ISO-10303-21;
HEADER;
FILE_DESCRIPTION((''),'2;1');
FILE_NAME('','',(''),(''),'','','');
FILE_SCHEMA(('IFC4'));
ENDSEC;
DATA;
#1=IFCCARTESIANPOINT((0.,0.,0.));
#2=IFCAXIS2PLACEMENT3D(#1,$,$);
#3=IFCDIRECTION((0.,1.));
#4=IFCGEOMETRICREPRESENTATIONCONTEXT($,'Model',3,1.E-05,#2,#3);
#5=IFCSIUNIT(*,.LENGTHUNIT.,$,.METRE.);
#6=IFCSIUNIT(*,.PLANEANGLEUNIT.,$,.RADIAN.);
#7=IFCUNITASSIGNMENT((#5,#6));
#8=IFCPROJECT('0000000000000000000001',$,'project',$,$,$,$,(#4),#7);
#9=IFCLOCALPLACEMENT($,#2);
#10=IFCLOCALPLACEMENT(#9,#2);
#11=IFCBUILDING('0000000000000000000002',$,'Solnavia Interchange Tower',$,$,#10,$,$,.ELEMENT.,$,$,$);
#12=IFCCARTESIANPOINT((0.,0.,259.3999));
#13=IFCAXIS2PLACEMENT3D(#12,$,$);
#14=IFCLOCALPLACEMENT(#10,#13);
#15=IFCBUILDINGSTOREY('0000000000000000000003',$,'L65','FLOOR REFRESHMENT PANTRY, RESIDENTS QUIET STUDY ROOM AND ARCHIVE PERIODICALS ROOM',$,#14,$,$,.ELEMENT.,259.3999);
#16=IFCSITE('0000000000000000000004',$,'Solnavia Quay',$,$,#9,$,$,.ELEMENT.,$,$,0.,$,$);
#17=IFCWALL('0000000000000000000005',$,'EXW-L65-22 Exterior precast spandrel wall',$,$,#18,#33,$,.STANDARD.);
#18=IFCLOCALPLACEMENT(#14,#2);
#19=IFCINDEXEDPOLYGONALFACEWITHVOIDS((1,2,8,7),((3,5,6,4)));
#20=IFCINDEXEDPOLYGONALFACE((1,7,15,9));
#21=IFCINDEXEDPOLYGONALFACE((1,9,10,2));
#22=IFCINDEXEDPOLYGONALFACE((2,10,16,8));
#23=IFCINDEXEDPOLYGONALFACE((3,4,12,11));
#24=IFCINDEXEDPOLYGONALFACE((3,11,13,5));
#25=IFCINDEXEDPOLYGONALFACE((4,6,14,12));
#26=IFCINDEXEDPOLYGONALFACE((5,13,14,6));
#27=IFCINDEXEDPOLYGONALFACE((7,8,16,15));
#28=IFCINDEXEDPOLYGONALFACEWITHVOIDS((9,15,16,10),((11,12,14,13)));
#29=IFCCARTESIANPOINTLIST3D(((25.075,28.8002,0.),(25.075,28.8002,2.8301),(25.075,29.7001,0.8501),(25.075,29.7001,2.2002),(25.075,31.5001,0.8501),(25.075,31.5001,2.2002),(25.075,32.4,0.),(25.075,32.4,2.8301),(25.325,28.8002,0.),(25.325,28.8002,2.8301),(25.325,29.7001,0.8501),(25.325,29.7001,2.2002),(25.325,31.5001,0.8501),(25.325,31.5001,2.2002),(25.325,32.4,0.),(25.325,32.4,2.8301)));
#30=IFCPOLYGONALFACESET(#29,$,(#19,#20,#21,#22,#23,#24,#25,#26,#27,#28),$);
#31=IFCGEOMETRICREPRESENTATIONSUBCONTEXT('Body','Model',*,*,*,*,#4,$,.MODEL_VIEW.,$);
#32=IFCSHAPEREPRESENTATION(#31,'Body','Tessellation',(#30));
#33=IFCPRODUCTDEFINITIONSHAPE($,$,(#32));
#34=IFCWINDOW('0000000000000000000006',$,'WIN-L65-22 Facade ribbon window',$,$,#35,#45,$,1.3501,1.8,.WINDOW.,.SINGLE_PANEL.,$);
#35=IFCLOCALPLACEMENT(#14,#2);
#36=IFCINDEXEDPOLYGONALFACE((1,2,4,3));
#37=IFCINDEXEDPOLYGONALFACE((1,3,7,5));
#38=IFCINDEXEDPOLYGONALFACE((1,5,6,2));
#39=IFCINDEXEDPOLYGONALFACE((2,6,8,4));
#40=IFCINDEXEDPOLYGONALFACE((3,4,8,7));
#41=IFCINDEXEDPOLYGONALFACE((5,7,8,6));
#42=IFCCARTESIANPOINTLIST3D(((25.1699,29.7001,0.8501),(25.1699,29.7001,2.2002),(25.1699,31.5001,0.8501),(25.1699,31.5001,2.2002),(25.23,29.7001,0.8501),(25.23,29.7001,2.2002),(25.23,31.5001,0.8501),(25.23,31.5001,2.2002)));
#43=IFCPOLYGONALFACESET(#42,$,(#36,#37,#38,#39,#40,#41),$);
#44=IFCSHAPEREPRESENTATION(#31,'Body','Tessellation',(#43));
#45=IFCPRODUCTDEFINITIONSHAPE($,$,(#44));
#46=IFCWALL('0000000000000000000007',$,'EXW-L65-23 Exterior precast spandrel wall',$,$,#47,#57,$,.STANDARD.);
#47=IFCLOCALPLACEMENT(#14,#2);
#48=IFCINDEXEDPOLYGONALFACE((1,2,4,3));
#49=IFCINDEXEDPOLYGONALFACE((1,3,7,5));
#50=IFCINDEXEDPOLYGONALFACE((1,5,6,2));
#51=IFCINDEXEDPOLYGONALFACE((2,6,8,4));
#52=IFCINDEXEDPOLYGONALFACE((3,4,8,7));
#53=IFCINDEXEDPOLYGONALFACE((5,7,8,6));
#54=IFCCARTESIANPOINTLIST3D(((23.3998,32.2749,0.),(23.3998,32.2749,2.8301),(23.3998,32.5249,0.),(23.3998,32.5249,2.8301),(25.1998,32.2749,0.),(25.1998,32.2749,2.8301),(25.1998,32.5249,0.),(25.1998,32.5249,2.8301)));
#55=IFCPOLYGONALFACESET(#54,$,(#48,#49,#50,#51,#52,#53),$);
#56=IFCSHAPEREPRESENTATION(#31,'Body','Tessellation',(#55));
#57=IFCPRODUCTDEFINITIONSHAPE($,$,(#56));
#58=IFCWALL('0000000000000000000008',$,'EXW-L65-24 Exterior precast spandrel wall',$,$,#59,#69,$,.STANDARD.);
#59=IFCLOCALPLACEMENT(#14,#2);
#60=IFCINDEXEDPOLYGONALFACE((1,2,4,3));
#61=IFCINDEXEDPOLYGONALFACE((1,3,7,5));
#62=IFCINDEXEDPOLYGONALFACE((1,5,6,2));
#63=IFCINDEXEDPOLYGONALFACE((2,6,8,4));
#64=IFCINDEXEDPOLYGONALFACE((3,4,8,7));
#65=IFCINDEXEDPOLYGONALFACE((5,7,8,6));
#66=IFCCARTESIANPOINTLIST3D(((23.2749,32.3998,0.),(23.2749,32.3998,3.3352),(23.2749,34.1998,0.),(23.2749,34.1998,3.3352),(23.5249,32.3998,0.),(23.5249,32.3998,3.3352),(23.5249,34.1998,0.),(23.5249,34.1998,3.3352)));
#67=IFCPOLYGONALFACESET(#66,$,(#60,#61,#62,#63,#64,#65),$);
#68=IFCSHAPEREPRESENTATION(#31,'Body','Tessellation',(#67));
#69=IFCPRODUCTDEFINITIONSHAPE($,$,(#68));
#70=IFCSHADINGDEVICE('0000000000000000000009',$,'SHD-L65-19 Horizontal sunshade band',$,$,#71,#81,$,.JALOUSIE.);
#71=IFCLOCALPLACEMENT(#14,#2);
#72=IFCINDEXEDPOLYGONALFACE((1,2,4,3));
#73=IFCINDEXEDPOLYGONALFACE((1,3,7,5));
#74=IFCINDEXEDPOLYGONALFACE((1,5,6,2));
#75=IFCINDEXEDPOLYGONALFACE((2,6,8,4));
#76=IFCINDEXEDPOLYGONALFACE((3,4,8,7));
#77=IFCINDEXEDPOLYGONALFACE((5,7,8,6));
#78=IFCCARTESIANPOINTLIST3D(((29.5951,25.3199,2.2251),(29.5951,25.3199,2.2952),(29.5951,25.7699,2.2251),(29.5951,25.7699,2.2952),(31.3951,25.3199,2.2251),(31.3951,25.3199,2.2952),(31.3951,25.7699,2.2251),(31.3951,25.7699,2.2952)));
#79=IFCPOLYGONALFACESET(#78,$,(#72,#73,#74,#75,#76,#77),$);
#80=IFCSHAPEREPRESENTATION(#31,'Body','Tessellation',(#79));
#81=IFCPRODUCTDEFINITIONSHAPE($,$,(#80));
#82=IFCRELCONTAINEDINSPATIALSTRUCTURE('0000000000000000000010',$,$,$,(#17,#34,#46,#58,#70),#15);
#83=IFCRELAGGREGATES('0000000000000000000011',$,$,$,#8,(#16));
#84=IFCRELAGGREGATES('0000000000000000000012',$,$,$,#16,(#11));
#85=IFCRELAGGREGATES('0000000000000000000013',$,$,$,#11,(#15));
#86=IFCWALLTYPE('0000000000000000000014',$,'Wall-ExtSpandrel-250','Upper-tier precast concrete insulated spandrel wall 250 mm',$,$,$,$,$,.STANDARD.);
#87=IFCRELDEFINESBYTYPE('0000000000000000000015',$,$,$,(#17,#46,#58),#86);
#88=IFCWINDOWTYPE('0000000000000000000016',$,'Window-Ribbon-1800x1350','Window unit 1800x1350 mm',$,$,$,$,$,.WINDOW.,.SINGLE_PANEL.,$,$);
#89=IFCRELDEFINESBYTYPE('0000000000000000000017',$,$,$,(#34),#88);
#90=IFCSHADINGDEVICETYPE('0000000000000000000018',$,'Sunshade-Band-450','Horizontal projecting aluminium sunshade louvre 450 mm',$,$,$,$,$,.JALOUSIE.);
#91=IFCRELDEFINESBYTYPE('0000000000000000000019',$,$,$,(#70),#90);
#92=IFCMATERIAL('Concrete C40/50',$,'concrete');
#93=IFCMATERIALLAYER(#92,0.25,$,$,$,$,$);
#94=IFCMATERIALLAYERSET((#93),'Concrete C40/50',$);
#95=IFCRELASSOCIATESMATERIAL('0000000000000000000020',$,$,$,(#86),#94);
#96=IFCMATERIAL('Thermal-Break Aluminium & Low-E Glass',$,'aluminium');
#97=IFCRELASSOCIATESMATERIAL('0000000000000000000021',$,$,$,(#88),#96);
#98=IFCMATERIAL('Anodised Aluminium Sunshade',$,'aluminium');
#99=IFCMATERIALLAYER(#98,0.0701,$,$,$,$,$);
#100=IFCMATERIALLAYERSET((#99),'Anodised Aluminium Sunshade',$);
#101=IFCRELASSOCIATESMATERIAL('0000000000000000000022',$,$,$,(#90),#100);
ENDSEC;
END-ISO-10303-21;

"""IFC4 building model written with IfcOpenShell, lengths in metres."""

from ifc_helpers import new_model, si_unit, direction, frame, frame_2d, origin, origin_2d, place, context, subcontext, project, spatial, rectangle, extrude, material, layer, layer_set, type_object, element, fill, save


model = new_model("IFC4")

# Units and contexts
model_context = context("Model", 3, precision=1e-05, world=origin(), true_north=direction((0.0, 1.0)))
body_context = subcontext(model_context, "Body", "Model", "MODEL_VIEW")
ifc_project = project(units=[si_unit("LENGTHUNIT", "METRE"), si_unit("PLANEANGLEUNIT", "RADIAN")], contexts=[model_context])

# Site, building, storey
site_placement = place(None, origin())
site = spatial("IfcSite", under=ifc_project, at=site_placement, Name="Solnavia Quay", CompositionType="ELEMENT", RefElevation=0.0)
building_placement = place(site_placement, origin())
building = spatial("IfcBuilding", under=site, at=building_placement, Name="Solnavia Interchange Tower", CompositionType="ELEMENT")
storey_placement = place(building_placement, frame((0.0, 0.0, 259.3999)))
storey = spatial("IfcBuildingStorey", under=building, at=storey_placement, Name="L65", Description="FLOOR REFRESHMENT PANTRY, RESIDENTS QUIET STUDY ROOM AND ARCHIVE PERIODICALS ROOM", CompositionType="ELEMENT", Elevation=259.3999)

# Shared definitions
ifc_material_1 = material(Name="Concrete C40/50", Category="concrete")
ifc_layer_1 = layer(ifc_material_1, 0.25)
ifc_layer_set_1 = layer_set([ifc_layer_1], Name="Concrete C40/50")
wall_type = type_object("IfcWallType", Name="Wall-ExtSpandrel-250", Description="Upper-tier precast concrete insulated spandrel wall 250 mm", PredefinedType="STANDARD", material=ifc_layer_set_1)
ifc_material_2 = material(Name="Thermal-Break Aluminium & Low-E Glass", Category="aluminium")
window_type = type_object("IfcWindowType", Name="Window-Ribbon-1800x1350", Description="Window unit 1800x1350 mm", PartitioningType="SINGLE_PANEL", PredefinedType="WINDOW", material=ifc_material_2)

# Wall, opening, window
wall_1_placement = place(storey_placement, frame((25.2, 32.3999, 0.0), z_axis=(0.0, 0.0, 1.0), x_axis=(0.0, -1.0, 0.0)))
wall_1 = element("IfcWall", 1, at=wall_1_placement, inside=storey, type_object=wall_type, Name="EXW-L65-22 Exterior precast spandrel wall", PredefinedType="STANDARD", context=body_context, shape_type="SweptSolid", body=[
    extrude(rectangle(XDim=3.5999, YDim=0.25, at=frame_2d((1.7998, 0.0))), origin(), (0.0, 0.0, 1.0), 2.8301),
])
opening_1_placement = place(wall_1_placement, frame((0.8999, 0.0, 0.8501)))
opening_1 = element("IfcOpeningElement", 2, at=opening_1_placement, cuts=wall_1, PredefinedType="OPENING", context=body_context, shape_type="SweptSolid", body=[
    extrude(rectangle(XDim=1.8, YDim=1.3501, at=frame_2d((0.8999, 0.675))), frame((0.0, 0.135, 0.0), z_axis=(0.0, -1.0, 0.0), x_axis=(1.0, 0.0, 0.0)), (0.0, 0.0, 1.0), 0.27),
])
window_1_placement = place(opening_1_placement, origin())
window_1 = element("IfcWindow", 3, at=window_1_placement, inside=storey, type_object=window_type, Name="WIN-L65-22 Facade ribbon window", OverallHeight=1.3501, OverallWidth=1.8, PartitioningType="SINGLE_PANEL", PredefinedType="WINDOW", context=body_context, shape_type="SweptSolid", body=[
    extrude(rectangle(XDim=1.8, YDim=1.3501, at=frame_2d((0.8999, 0.675))), frame((0.0, 0.03, 0.0), z_axis=(0.0, -1.0, 0.0), x_axis=(1.0, 0.0, 0.0)), (0.0, 0.0, 1.0), 0.0601),
])
fill(opening_1, window_1)

# Walls
wall_2_placement = place(storey_placement, frame((23.3999, 32.3999, 0.0), z_axis=(0.0, 0.0, 1.0), x_axis=(1.0, 0.0, 0.0)))
element("IfcWall", 4, at=wall_2_placement, inside=storey, type_object=wall_type, Name="EXW-L65-23 Exterior precast spandrel wall", PredefinedType="STANDARD", context=body_context, shape_type="SweptSolid", body=[
    extrude(rectangle(XDim=1.8, YDim=0.25, at=frame_2d((0.8999, 0.0))), origin(), (0.0, 0.0, 1.0), 2.8301),
])
wall_3_placement = place(storey_placement, frame((23.3999, 32.3999, 0.0), z_axis=(0.0, 0.0, 1.0), x_axis=(0.0, 1.0, 0.0)))
element("IfcWall", 5, at=wall_3_placement, inside=storey, type_object=wall_type, Name="EXW-L65-24 Exterior precast spandrel wall", PredefinedType="STANDARD", context=body_context, shape_type="SweptSolid", body=[
    extrude(rectangle(XDim=1.8, YDim=0.25, at=frame_2d((0.8999, 0.0))), origin(), (0.0, 0.0, 1.0), 3.3352),
])

# Shading device
ifc_material_3 = material(Name="Anodised Aluminium Sunshade", Category="aluminium")
ifc_layer_2 = layer(ifc_material_3, 0.0701)
ifc_layer_set_2 = layer_set([ifc_layer_2], Name="Anodised Aluminium Sunshade")
shading_device_type = type_object("IfcShadingDeviceType", Name="Sunshade-Band-450", Description="Horizontal projecting aluminium sunshade louvre 450 mm", PredefinedType="JALOUSIE", material=ifc_layer_set_2)
shading_device_placement = place(storey_placement, frame((30.4951, 25.5449, 2.2251), z_axis=(0.0, 0.0, 1.0), x_axis=(1.0, 0.0, 0.0)))
element("IfcShadingDevice", 6, at=shading_device_placement, inside=storey, type_object=shading_device_type, Name="SHD-L65-19 Horizontal sunshade band", PredefinedType="JALOUSIE", context=body_context, shape_type="SweptSolid", body=[
    extrude(rectangle(XDim=1.8, YDim=0.45, at=origin_2d()), origin(), (0.0, 0.0, 1.0), 0.0701),
])

save(model, "model.ifc")
